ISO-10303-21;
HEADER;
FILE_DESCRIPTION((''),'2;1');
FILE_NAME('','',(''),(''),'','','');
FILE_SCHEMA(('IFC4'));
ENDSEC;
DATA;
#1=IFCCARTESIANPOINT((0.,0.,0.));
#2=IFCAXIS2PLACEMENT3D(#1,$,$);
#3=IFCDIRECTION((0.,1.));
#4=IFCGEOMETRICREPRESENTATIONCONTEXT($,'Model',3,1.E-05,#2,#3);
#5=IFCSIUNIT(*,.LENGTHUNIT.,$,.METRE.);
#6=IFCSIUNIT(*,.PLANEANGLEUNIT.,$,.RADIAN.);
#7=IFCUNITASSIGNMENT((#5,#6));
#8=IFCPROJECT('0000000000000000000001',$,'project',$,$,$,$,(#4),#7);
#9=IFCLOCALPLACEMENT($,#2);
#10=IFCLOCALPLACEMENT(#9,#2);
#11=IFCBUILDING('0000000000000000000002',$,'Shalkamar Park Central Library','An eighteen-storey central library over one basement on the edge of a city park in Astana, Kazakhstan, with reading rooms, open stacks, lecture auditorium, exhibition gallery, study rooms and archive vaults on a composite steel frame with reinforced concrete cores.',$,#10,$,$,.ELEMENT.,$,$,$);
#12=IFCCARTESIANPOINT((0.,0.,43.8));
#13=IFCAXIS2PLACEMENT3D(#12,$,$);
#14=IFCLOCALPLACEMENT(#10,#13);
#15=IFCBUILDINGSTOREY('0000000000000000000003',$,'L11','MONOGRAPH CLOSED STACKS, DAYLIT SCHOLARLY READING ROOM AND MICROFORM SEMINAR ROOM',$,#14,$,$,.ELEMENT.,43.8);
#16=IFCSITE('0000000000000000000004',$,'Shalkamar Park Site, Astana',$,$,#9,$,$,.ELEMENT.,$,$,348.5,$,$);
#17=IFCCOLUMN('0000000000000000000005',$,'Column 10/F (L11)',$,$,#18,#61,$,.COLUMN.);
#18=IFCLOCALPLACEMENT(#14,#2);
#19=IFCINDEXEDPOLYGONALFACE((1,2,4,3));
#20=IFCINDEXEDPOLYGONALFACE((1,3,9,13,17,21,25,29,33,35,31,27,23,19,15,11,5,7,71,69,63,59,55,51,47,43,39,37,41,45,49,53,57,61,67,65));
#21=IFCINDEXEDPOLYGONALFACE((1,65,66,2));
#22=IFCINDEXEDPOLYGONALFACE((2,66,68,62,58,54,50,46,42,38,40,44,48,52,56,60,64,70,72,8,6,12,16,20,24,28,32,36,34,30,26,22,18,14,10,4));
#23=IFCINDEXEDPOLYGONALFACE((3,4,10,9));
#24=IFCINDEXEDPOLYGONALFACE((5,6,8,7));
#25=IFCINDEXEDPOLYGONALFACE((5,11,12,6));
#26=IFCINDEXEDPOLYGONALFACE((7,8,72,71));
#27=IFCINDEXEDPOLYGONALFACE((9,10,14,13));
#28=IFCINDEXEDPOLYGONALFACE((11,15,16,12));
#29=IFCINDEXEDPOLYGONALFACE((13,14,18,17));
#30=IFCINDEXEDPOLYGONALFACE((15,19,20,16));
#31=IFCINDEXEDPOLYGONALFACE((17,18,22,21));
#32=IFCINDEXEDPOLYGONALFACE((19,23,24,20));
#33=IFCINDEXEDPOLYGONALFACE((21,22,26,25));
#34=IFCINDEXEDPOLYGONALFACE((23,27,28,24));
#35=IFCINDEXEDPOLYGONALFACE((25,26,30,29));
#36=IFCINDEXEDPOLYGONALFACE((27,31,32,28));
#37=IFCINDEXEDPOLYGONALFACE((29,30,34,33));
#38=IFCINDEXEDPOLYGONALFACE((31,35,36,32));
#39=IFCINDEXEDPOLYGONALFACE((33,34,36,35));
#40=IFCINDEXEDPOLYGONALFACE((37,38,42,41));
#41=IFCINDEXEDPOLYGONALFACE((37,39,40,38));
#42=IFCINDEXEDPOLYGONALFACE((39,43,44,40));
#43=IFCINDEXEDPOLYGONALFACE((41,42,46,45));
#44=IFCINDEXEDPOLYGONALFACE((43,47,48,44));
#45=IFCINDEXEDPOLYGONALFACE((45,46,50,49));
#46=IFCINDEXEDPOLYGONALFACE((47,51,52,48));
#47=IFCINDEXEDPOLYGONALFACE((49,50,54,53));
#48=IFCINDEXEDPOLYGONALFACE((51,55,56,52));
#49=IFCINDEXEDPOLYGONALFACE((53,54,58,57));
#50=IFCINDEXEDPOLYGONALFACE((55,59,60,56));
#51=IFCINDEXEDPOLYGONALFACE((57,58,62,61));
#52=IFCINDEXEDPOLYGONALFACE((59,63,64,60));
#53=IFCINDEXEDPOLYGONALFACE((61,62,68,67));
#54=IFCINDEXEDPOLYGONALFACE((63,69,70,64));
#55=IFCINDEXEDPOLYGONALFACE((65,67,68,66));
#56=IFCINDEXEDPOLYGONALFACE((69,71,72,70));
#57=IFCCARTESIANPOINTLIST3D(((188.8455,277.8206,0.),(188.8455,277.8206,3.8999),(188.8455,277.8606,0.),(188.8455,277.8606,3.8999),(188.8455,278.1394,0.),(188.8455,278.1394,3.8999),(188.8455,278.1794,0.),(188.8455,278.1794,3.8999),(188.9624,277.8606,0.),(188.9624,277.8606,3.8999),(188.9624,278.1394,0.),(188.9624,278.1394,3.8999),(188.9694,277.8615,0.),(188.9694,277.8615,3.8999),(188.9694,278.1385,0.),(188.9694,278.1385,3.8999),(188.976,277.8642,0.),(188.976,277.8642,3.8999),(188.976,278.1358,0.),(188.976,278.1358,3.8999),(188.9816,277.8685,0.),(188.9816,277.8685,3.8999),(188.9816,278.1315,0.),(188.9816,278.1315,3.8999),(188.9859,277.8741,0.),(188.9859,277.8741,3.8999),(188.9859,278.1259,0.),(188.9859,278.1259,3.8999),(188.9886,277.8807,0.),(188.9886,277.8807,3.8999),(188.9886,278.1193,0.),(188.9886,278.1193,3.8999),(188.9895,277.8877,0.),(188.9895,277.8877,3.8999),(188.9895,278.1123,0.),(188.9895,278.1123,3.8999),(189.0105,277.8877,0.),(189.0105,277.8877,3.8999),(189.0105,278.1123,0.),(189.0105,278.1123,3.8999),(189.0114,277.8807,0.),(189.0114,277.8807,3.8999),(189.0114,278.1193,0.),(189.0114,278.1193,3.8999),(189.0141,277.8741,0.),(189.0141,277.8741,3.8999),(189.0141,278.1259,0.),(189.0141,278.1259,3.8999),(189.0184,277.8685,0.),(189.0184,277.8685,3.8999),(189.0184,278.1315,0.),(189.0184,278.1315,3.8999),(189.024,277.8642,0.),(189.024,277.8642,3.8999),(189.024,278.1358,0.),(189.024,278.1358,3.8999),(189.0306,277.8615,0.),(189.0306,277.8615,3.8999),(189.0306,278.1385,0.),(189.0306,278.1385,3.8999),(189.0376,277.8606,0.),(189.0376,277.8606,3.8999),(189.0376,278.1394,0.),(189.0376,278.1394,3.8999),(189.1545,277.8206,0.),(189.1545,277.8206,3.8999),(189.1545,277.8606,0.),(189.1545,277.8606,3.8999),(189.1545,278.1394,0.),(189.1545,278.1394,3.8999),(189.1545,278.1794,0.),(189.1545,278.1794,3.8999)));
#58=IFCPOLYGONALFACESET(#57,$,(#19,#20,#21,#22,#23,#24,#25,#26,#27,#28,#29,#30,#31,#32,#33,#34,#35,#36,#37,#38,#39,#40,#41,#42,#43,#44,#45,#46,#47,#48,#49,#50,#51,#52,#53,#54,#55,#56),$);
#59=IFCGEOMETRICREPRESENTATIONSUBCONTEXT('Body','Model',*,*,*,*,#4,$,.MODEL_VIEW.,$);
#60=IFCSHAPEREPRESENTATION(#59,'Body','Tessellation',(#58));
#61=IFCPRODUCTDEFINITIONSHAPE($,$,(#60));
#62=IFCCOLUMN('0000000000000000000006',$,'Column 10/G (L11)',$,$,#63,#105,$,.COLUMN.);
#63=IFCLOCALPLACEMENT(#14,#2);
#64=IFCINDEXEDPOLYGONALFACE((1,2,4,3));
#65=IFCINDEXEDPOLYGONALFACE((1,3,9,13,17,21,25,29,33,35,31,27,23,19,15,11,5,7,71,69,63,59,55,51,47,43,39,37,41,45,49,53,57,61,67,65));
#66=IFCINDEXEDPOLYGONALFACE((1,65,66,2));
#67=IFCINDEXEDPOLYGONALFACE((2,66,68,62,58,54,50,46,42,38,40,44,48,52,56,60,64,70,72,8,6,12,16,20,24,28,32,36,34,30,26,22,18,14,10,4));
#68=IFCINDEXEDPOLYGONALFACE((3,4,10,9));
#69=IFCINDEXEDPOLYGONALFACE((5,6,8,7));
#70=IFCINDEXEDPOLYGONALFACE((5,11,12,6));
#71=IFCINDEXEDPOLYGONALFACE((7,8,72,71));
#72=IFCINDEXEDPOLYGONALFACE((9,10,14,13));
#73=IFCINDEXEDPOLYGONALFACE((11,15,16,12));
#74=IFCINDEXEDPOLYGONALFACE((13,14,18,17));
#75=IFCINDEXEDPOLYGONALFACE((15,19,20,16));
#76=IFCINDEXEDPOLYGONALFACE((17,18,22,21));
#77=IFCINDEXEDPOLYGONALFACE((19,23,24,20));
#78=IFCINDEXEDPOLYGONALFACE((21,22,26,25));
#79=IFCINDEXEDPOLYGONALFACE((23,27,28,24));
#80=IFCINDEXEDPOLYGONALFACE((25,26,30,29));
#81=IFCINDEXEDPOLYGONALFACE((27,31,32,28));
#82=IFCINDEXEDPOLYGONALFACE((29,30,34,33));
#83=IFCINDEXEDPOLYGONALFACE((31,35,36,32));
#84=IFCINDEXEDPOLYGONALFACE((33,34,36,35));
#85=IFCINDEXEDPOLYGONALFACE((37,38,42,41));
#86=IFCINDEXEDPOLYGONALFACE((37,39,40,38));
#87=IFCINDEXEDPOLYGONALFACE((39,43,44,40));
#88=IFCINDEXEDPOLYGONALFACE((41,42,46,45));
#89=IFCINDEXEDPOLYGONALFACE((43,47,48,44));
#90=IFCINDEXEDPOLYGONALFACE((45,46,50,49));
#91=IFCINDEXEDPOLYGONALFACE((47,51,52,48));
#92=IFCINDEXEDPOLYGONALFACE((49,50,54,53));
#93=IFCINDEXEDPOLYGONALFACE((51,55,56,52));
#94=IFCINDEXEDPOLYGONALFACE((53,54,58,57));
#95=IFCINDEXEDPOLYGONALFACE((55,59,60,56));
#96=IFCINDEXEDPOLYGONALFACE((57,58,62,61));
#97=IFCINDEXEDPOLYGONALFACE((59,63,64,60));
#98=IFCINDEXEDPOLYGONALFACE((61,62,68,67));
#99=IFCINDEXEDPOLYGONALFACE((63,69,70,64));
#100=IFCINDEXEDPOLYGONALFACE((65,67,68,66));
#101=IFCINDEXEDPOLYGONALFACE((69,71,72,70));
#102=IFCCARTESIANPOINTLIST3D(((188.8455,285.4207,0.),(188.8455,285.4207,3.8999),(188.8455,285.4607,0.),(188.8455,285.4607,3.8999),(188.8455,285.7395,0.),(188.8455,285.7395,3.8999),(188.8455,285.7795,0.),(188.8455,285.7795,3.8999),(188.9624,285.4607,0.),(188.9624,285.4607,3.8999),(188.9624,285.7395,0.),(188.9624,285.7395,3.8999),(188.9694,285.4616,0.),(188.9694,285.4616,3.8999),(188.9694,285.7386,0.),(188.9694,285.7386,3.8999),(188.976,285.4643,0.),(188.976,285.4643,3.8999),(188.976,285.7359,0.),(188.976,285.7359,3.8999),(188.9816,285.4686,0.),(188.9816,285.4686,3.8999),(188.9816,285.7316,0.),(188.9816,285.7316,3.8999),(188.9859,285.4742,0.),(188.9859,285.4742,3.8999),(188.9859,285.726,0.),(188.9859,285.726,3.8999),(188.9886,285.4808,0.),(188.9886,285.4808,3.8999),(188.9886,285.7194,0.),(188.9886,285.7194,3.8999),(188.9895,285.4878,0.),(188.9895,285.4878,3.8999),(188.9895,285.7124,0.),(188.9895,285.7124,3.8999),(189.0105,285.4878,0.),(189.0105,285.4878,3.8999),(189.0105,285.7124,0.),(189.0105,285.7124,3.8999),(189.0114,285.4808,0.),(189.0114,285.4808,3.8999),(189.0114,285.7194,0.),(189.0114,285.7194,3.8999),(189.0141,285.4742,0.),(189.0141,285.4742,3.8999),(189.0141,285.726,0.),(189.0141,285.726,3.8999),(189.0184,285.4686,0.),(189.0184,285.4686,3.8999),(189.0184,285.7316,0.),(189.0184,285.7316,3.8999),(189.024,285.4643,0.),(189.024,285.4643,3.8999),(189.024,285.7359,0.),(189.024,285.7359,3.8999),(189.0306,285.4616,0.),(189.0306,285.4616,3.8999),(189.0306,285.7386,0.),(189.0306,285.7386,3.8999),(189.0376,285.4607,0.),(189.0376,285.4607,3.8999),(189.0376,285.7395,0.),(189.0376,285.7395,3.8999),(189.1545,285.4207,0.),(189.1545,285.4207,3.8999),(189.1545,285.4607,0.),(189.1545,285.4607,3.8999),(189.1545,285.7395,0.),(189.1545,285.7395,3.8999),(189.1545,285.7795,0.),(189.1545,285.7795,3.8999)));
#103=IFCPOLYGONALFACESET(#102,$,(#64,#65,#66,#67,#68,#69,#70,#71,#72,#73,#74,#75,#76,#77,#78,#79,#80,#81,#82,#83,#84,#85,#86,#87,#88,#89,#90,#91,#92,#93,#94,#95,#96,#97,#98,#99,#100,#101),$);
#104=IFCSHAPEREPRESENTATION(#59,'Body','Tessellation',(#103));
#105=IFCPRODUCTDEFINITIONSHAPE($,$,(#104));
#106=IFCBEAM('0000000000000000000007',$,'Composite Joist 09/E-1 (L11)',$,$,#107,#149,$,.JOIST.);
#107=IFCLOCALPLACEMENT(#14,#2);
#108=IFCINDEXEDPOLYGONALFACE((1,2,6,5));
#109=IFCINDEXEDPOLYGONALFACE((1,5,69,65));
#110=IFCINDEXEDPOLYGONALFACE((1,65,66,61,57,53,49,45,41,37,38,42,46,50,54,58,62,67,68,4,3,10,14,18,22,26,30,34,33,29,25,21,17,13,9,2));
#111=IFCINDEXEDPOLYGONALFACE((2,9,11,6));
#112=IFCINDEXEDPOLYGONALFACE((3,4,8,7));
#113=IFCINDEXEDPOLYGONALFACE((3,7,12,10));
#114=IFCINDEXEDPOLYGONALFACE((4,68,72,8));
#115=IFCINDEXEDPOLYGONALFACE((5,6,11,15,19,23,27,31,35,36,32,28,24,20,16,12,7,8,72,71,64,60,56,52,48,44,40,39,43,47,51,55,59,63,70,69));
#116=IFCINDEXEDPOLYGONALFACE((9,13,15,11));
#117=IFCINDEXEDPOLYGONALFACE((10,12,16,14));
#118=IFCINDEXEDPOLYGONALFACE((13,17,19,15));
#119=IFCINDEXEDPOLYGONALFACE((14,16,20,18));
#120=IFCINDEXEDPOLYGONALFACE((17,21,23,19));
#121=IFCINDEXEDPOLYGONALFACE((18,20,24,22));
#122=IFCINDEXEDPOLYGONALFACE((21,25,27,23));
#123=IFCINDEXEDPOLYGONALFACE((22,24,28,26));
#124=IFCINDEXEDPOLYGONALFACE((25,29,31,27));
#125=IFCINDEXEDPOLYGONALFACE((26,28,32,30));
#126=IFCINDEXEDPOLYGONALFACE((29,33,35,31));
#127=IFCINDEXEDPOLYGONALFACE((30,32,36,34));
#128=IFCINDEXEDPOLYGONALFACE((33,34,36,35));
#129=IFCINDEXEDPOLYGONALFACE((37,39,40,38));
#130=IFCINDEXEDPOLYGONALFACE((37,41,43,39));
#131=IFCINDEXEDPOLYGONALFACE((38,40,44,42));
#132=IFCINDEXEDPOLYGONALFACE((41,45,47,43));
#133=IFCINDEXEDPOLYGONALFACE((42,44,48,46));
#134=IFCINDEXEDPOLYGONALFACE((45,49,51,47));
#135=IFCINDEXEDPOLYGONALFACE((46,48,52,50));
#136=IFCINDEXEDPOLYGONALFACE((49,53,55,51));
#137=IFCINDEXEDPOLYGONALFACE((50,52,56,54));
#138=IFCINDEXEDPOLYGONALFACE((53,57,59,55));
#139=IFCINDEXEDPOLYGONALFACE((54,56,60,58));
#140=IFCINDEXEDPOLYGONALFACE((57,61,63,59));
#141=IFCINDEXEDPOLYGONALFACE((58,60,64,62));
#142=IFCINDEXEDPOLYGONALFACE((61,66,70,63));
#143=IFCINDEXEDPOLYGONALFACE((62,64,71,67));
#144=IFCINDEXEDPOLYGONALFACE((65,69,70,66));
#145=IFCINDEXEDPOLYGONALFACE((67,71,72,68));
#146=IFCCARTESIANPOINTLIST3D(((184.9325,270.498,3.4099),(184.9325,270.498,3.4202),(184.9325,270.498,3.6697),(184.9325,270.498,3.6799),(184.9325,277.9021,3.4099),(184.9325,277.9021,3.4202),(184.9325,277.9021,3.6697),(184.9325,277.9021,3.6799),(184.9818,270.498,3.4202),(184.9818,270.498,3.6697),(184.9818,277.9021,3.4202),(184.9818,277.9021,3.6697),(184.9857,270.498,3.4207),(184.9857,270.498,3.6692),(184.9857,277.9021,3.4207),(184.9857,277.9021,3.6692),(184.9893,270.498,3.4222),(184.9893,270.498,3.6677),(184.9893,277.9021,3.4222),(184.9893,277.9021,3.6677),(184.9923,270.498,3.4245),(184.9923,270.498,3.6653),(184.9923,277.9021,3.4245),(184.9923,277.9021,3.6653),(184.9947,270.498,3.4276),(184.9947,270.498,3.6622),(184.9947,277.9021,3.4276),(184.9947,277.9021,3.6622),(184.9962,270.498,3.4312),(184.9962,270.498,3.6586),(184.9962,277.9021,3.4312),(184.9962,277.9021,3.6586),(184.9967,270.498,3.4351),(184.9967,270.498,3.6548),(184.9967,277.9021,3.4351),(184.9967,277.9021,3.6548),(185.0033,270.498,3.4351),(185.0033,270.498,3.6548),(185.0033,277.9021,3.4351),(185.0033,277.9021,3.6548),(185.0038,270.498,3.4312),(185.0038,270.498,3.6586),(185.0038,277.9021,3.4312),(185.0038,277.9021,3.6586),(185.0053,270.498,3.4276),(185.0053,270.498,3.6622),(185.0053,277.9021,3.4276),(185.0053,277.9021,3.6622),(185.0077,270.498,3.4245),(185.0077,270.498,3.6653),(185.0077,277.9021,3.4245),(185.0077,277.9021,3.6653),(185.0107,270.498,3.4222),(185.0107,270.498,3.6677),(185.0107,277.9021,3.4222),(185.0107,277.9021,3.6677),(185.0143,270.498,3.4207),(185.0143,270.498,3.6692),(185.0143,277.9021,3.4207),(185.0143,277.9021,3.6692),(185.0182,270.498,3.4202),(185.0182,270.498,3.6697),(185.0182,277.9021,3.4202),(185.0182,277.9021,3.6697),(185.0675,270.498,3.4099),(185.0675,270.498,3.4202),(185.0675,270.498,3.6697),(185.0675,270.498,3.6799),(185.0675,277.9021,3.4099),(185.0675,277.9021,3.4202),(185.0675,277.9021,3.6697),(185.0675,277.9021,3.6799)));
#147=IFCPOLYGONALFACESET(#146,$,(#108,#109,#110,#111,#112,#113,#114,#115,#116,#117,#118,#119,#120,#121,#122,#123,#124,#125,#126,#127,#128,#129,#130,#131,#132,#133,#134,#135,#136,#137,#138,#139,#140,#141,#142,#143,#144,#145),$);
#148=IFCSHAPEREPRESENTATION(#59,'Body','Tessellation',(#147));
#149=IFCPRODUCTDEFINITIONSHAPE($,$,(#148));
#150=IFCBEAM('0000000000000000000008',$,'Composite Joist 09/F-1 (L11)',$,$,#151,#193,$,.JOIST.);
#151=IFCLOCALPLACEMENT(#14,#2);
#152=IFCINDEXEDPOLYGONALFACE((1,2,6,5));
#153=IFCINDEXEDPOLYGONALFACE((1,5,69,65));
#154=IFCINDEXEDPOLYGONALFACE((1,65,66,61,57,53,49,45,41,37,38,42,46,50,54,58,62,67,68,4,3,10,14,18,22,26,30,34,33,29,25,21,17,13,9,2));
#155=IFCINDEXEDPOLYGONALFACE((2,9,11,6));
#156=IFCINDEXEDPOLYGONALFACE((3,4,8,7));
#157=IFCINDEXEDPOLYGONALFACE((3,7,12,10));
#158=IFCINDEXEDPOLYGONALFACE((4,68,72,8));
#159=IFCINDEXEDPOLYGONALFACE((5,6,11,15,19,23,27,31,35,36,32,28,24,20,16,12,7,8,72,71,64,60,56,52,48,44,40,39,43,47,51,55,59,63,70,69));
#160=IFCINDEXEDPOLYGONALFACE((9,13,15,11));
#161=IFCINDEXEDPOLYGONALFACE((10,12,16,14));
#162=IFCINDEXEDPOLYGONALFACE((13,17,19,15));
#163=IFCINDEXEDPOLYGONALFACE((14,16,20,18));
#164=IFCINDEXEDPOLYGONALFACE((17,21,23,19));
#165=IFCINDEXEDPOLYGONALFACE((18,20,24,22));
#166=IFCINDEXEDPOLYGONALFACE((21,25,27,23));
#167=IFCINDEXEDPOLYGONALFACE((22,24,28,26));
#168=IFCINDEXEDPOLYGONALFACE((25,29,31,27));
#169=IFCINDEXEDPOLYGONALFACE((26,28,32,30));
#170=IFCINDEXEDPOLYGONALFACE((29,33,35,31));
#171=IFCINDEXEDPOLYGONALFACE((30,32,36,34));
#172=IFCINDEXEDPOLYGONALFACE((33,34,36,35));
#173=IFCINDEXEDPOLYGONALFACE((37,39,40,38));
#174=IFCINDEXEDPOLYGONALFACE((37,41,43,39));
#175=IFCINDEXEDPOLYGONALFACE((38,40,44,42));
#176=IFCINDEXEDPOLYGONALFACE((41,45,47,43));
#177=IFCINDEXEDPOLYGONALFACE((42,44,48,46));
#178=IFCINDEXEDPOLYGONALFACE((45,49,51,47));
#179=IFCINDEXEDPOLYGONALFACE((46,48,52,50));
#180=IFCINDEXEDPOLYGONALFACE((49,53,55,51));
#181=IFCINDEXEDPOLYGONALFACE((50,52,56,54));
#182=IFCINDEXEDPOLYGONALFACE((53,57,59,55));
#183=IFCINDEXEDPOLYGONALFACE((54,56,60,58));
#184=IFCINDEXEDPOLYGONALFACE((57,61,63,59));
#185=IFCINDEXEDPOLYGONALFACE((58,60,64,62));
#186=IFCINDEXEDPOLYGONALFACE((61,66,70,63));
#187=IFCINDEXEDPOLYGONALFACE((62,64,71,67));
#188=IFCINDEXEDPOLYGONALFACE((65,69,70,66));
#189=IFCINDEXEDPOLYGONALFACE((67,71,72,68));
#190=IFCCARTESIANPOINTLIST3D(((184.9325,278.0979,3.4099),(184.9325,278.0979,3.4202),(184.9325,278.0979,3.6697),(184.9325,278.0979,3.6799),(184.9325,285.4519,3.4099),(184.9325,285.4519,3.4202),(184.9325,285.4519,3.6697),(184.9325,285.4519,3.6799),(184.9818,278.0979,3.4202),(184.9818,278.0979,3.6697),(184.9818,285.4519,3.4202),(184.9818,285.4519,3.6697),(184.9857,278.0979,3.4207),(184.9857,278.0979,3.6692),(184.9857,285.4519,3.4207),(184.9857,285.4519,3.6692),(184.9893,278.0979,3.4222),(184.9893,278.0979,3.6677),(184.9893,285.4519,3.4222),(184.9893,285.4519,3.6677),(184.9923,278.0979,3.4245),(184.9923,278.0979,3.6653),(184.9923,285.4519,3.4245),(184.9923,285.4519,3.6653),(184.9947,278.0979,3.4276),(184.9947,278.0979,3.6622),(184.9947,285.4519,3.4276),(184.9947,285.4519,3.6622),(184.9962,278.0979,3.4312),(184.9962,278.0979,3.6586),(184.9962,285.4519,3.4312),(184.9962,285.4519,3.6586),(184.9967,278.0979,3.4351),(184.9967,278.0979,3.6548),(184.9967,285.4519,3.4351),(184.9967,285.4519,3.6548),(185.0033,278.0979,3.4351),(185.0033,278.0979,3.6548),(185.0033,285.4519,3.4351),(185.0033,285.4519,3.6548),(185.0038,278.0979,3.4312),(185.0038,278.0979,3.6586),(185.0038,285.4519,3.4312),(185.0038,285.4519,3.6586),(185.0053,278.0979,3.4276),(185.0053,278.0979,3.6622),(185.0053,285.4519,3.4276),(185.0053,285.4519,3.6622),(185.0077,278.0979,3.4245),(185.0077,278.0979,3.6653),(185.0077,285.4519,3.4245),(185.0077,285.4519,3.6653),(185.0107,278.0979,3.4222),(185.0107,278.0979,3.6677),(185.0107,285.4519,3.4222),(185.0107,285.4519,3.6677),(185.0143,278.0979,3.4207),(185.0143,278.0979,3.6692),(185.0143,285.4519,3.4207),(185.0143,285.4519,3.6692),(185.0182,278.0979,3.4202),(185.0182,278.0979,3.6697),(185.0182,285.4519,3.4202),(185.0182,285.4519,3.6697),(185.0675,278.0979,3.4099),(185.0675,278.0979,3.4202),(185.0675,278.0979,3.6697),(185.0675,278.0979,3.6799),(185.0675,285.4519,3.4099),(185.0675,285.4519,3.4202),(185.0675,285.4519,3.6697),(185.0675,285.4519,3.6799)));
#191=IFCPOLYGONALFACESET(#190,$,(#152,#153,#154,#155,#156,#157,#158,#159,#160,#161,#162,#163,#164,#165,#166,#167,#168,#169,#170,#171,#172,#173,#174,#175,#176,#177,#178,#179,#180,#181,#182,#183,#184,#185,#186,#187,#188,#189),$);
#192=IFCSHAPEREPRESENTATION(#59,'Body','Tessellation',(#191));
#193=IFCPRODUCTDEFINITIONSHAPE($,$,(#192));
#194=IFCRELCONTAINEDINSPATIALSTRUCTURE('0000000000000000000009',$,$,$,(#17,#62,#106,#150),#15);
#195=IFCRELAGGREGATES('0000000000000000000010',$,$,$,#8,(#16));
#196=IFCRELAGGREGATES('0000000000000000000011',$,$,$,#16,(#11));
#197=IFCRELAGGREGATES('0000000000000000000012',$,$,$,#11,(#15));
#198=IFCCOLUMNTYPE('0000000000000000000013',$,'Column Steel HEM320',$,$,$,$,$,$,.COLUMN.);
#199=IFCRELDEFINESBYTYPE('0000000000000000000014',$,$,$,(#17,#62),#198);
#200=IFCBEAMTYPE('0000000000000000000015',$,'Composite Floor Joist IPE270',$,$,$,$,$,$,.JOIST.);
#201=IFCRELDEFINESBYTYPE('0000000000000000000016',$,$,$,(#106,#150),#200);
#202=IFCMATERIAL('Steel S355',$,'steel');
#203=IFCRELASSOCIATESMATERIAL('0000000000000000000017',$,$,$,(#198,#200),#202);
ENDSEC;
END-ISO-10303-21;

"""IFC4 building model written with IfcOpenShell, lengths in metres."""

from ifc_helpers import new_model, si_unit, direction, frame, origin, origin_2d, place, context, subcontext, project, spatial, i_section, extrude, material, material_profile, profile_set, type_object, element, save


model = new_model("IFC4")

# Units and contexts
model_context = context("Model", 3, precision=1e-05, world=origin(), true_north=direction((0.0, 1.0)))
body_context = subcontext(model_context, "Body", "Model", "MODEL_VIEW")
ifc_project = project(units=[si_unit("LENGTHUNIT", "METRE"), si_unit("PLANEANGLEUNIT", "RADIAN")], contexts=[model_context])

# Site, building, storey
site_placement = place(None, origin())
site = spatial("IfcSite", under=ifc_project, at=site_placement, Name="Shalkamar Park Site, Astana", CompositionType="ELEMENT", RefElevation=348.5)
building_placement = place(site_placement, origin())
building = spatial("IfcBuilding", under=site, at=building_placement, Name="Shalkamar Park Central Library", Description="An eighteen-storey central library over one basement on the edge of a city park in Astana, Kazakhstan, with reading rooms, open stacks, lecture auditorium, exhibition gallery, study rooms and archive vaults on a composite steel frame with reinforced concrete cores.", CompositionType="ELEMENT")
storey_placement = place(building_placement, frame((0.0, 0.0, 43.8)))
storey = spatial("IfcBuildingStorey", under=building, at=storey_placement, Name="L11", Description="MONOGRAPH CLOSED STACKS, DAYLIT SCHOLARLY READING ROOM AND MICROFORM SEMINAR ROOM", CompositionType="ELEMENT", Elevation=43.8)

# Columns
ifc_material_1 = material(Name="Steel S355", Category="steel")
ifc_material_profile_1 = material_profile(ifc_material_1, i_section(OverallWidth=0.3091, OverallDepth=0.3589, WebThickness=0.021, FlangeThickness=0.04, FilletRadius=0.0271, at=origin_2d()), Name="HEM 320")
ifc_profile_set_1 = profile_set([ifc_material_profile_1], Name="Steel S355")
column_type = type_object("IfcColumnType", Name="Column Steel HEM320", PredefinedType="COLUMN", material=ifc_profile_set_1)
for number, where, z_axis, x_axis, name in (
    (1, (189.0, 278.0, 0.0), (0.0, 0.0, 1.0), (1.0, 0.0, 0.0), "Column 10/F (L11)"),
    (2, (189.0, 285.6001, 0.0), (0.0, 0.0, 1.0), (1.0, 0.0, 0.0), "Column 10/G (L11)"),
):
    element("IfcColumn", number, at=place(storey_placement, frame(where, z_axis=z_axis, x_axis=x_axis)), inside=storey, type_object=column_type, Name=name, PredefinedType="COLUMN", context=body_context, shape_type="SweptSolid", body=[
        extrude(i_section(OverallWidth=0.3091, OverallDepth=0.3589, WebThickness=0.021, FlangeThickness=0.04, FilletRadius=0.0271, at=origin_2d()), origin(), (0.0, 0.0, 1.0), 3.8999),
    ])

# Beams
ifc_material_profile_2 = material_profile(ifc_material_1, i_section(OverallWidth=0.135, OverallDepth=0.27, WebThickness=0.0066, FlangeThickness=0.0103, FilletRadius=0.0149, at=origin_2d()), Name="IPE 270")
ifc_profile_set_2 = profile_set([ifc_material_profile_2], Name="Steel S355")
beam_type_1 = type_object("IfcBeamType", Name="Composite Floor Joist IPE270", PredefinedType="JOIST", material=ifc_profile_set_2)
beam_1_placement = place(storey_placement, frame((185.0, 270.498, 3.5449), z_axis=(0.0, 1.0, 0.0), x_axis=(-1.0, 0.0, 0.0)))
element("IfcBeam", 3, at=beam_1_placement, inside=storey, type_object=beam_type_1, Name="Composite Joist 09/E-1 (L11)", PredefinedType="JOIST", context=body_context, shape_type="SweptSolid", body=[
    extrude(i_section(OverallWidth=0.135, OverallDepth=0.27, WebThickness=0.0066, FlangeThickness=0.0103, FilletRadius=0.0149, at=origin_2d()), origin(), (0.0, 0.0, 1.0), 7.4041),
])
beam_2_placement = place(storey_placement, frame((185.0, 278.0979, 3.5449), z_axis=(0.0, 1.0, 0.0), x_axis=(-1.0, 0.0, 0.0)))
element("IfcBeam", 4, at=beam_2_placement, inside=storey, type_object=beam_type_1, Name="Composite Joist 09/F-1 (L11)", PredefinedType="JOIST", context=body_context, shape_type="SweptSolid", body=[
    extrude(i_section(OverallWidth=0.135, OverallDepth=0.27, WebThickness=0.0066, FlangeThickness=0.0103, FilletRadius=0.0149, at=origin_2d()), origin(), (0.0, 0.0, 1.0), 7.354),
])

save(model, "model.ifc")
